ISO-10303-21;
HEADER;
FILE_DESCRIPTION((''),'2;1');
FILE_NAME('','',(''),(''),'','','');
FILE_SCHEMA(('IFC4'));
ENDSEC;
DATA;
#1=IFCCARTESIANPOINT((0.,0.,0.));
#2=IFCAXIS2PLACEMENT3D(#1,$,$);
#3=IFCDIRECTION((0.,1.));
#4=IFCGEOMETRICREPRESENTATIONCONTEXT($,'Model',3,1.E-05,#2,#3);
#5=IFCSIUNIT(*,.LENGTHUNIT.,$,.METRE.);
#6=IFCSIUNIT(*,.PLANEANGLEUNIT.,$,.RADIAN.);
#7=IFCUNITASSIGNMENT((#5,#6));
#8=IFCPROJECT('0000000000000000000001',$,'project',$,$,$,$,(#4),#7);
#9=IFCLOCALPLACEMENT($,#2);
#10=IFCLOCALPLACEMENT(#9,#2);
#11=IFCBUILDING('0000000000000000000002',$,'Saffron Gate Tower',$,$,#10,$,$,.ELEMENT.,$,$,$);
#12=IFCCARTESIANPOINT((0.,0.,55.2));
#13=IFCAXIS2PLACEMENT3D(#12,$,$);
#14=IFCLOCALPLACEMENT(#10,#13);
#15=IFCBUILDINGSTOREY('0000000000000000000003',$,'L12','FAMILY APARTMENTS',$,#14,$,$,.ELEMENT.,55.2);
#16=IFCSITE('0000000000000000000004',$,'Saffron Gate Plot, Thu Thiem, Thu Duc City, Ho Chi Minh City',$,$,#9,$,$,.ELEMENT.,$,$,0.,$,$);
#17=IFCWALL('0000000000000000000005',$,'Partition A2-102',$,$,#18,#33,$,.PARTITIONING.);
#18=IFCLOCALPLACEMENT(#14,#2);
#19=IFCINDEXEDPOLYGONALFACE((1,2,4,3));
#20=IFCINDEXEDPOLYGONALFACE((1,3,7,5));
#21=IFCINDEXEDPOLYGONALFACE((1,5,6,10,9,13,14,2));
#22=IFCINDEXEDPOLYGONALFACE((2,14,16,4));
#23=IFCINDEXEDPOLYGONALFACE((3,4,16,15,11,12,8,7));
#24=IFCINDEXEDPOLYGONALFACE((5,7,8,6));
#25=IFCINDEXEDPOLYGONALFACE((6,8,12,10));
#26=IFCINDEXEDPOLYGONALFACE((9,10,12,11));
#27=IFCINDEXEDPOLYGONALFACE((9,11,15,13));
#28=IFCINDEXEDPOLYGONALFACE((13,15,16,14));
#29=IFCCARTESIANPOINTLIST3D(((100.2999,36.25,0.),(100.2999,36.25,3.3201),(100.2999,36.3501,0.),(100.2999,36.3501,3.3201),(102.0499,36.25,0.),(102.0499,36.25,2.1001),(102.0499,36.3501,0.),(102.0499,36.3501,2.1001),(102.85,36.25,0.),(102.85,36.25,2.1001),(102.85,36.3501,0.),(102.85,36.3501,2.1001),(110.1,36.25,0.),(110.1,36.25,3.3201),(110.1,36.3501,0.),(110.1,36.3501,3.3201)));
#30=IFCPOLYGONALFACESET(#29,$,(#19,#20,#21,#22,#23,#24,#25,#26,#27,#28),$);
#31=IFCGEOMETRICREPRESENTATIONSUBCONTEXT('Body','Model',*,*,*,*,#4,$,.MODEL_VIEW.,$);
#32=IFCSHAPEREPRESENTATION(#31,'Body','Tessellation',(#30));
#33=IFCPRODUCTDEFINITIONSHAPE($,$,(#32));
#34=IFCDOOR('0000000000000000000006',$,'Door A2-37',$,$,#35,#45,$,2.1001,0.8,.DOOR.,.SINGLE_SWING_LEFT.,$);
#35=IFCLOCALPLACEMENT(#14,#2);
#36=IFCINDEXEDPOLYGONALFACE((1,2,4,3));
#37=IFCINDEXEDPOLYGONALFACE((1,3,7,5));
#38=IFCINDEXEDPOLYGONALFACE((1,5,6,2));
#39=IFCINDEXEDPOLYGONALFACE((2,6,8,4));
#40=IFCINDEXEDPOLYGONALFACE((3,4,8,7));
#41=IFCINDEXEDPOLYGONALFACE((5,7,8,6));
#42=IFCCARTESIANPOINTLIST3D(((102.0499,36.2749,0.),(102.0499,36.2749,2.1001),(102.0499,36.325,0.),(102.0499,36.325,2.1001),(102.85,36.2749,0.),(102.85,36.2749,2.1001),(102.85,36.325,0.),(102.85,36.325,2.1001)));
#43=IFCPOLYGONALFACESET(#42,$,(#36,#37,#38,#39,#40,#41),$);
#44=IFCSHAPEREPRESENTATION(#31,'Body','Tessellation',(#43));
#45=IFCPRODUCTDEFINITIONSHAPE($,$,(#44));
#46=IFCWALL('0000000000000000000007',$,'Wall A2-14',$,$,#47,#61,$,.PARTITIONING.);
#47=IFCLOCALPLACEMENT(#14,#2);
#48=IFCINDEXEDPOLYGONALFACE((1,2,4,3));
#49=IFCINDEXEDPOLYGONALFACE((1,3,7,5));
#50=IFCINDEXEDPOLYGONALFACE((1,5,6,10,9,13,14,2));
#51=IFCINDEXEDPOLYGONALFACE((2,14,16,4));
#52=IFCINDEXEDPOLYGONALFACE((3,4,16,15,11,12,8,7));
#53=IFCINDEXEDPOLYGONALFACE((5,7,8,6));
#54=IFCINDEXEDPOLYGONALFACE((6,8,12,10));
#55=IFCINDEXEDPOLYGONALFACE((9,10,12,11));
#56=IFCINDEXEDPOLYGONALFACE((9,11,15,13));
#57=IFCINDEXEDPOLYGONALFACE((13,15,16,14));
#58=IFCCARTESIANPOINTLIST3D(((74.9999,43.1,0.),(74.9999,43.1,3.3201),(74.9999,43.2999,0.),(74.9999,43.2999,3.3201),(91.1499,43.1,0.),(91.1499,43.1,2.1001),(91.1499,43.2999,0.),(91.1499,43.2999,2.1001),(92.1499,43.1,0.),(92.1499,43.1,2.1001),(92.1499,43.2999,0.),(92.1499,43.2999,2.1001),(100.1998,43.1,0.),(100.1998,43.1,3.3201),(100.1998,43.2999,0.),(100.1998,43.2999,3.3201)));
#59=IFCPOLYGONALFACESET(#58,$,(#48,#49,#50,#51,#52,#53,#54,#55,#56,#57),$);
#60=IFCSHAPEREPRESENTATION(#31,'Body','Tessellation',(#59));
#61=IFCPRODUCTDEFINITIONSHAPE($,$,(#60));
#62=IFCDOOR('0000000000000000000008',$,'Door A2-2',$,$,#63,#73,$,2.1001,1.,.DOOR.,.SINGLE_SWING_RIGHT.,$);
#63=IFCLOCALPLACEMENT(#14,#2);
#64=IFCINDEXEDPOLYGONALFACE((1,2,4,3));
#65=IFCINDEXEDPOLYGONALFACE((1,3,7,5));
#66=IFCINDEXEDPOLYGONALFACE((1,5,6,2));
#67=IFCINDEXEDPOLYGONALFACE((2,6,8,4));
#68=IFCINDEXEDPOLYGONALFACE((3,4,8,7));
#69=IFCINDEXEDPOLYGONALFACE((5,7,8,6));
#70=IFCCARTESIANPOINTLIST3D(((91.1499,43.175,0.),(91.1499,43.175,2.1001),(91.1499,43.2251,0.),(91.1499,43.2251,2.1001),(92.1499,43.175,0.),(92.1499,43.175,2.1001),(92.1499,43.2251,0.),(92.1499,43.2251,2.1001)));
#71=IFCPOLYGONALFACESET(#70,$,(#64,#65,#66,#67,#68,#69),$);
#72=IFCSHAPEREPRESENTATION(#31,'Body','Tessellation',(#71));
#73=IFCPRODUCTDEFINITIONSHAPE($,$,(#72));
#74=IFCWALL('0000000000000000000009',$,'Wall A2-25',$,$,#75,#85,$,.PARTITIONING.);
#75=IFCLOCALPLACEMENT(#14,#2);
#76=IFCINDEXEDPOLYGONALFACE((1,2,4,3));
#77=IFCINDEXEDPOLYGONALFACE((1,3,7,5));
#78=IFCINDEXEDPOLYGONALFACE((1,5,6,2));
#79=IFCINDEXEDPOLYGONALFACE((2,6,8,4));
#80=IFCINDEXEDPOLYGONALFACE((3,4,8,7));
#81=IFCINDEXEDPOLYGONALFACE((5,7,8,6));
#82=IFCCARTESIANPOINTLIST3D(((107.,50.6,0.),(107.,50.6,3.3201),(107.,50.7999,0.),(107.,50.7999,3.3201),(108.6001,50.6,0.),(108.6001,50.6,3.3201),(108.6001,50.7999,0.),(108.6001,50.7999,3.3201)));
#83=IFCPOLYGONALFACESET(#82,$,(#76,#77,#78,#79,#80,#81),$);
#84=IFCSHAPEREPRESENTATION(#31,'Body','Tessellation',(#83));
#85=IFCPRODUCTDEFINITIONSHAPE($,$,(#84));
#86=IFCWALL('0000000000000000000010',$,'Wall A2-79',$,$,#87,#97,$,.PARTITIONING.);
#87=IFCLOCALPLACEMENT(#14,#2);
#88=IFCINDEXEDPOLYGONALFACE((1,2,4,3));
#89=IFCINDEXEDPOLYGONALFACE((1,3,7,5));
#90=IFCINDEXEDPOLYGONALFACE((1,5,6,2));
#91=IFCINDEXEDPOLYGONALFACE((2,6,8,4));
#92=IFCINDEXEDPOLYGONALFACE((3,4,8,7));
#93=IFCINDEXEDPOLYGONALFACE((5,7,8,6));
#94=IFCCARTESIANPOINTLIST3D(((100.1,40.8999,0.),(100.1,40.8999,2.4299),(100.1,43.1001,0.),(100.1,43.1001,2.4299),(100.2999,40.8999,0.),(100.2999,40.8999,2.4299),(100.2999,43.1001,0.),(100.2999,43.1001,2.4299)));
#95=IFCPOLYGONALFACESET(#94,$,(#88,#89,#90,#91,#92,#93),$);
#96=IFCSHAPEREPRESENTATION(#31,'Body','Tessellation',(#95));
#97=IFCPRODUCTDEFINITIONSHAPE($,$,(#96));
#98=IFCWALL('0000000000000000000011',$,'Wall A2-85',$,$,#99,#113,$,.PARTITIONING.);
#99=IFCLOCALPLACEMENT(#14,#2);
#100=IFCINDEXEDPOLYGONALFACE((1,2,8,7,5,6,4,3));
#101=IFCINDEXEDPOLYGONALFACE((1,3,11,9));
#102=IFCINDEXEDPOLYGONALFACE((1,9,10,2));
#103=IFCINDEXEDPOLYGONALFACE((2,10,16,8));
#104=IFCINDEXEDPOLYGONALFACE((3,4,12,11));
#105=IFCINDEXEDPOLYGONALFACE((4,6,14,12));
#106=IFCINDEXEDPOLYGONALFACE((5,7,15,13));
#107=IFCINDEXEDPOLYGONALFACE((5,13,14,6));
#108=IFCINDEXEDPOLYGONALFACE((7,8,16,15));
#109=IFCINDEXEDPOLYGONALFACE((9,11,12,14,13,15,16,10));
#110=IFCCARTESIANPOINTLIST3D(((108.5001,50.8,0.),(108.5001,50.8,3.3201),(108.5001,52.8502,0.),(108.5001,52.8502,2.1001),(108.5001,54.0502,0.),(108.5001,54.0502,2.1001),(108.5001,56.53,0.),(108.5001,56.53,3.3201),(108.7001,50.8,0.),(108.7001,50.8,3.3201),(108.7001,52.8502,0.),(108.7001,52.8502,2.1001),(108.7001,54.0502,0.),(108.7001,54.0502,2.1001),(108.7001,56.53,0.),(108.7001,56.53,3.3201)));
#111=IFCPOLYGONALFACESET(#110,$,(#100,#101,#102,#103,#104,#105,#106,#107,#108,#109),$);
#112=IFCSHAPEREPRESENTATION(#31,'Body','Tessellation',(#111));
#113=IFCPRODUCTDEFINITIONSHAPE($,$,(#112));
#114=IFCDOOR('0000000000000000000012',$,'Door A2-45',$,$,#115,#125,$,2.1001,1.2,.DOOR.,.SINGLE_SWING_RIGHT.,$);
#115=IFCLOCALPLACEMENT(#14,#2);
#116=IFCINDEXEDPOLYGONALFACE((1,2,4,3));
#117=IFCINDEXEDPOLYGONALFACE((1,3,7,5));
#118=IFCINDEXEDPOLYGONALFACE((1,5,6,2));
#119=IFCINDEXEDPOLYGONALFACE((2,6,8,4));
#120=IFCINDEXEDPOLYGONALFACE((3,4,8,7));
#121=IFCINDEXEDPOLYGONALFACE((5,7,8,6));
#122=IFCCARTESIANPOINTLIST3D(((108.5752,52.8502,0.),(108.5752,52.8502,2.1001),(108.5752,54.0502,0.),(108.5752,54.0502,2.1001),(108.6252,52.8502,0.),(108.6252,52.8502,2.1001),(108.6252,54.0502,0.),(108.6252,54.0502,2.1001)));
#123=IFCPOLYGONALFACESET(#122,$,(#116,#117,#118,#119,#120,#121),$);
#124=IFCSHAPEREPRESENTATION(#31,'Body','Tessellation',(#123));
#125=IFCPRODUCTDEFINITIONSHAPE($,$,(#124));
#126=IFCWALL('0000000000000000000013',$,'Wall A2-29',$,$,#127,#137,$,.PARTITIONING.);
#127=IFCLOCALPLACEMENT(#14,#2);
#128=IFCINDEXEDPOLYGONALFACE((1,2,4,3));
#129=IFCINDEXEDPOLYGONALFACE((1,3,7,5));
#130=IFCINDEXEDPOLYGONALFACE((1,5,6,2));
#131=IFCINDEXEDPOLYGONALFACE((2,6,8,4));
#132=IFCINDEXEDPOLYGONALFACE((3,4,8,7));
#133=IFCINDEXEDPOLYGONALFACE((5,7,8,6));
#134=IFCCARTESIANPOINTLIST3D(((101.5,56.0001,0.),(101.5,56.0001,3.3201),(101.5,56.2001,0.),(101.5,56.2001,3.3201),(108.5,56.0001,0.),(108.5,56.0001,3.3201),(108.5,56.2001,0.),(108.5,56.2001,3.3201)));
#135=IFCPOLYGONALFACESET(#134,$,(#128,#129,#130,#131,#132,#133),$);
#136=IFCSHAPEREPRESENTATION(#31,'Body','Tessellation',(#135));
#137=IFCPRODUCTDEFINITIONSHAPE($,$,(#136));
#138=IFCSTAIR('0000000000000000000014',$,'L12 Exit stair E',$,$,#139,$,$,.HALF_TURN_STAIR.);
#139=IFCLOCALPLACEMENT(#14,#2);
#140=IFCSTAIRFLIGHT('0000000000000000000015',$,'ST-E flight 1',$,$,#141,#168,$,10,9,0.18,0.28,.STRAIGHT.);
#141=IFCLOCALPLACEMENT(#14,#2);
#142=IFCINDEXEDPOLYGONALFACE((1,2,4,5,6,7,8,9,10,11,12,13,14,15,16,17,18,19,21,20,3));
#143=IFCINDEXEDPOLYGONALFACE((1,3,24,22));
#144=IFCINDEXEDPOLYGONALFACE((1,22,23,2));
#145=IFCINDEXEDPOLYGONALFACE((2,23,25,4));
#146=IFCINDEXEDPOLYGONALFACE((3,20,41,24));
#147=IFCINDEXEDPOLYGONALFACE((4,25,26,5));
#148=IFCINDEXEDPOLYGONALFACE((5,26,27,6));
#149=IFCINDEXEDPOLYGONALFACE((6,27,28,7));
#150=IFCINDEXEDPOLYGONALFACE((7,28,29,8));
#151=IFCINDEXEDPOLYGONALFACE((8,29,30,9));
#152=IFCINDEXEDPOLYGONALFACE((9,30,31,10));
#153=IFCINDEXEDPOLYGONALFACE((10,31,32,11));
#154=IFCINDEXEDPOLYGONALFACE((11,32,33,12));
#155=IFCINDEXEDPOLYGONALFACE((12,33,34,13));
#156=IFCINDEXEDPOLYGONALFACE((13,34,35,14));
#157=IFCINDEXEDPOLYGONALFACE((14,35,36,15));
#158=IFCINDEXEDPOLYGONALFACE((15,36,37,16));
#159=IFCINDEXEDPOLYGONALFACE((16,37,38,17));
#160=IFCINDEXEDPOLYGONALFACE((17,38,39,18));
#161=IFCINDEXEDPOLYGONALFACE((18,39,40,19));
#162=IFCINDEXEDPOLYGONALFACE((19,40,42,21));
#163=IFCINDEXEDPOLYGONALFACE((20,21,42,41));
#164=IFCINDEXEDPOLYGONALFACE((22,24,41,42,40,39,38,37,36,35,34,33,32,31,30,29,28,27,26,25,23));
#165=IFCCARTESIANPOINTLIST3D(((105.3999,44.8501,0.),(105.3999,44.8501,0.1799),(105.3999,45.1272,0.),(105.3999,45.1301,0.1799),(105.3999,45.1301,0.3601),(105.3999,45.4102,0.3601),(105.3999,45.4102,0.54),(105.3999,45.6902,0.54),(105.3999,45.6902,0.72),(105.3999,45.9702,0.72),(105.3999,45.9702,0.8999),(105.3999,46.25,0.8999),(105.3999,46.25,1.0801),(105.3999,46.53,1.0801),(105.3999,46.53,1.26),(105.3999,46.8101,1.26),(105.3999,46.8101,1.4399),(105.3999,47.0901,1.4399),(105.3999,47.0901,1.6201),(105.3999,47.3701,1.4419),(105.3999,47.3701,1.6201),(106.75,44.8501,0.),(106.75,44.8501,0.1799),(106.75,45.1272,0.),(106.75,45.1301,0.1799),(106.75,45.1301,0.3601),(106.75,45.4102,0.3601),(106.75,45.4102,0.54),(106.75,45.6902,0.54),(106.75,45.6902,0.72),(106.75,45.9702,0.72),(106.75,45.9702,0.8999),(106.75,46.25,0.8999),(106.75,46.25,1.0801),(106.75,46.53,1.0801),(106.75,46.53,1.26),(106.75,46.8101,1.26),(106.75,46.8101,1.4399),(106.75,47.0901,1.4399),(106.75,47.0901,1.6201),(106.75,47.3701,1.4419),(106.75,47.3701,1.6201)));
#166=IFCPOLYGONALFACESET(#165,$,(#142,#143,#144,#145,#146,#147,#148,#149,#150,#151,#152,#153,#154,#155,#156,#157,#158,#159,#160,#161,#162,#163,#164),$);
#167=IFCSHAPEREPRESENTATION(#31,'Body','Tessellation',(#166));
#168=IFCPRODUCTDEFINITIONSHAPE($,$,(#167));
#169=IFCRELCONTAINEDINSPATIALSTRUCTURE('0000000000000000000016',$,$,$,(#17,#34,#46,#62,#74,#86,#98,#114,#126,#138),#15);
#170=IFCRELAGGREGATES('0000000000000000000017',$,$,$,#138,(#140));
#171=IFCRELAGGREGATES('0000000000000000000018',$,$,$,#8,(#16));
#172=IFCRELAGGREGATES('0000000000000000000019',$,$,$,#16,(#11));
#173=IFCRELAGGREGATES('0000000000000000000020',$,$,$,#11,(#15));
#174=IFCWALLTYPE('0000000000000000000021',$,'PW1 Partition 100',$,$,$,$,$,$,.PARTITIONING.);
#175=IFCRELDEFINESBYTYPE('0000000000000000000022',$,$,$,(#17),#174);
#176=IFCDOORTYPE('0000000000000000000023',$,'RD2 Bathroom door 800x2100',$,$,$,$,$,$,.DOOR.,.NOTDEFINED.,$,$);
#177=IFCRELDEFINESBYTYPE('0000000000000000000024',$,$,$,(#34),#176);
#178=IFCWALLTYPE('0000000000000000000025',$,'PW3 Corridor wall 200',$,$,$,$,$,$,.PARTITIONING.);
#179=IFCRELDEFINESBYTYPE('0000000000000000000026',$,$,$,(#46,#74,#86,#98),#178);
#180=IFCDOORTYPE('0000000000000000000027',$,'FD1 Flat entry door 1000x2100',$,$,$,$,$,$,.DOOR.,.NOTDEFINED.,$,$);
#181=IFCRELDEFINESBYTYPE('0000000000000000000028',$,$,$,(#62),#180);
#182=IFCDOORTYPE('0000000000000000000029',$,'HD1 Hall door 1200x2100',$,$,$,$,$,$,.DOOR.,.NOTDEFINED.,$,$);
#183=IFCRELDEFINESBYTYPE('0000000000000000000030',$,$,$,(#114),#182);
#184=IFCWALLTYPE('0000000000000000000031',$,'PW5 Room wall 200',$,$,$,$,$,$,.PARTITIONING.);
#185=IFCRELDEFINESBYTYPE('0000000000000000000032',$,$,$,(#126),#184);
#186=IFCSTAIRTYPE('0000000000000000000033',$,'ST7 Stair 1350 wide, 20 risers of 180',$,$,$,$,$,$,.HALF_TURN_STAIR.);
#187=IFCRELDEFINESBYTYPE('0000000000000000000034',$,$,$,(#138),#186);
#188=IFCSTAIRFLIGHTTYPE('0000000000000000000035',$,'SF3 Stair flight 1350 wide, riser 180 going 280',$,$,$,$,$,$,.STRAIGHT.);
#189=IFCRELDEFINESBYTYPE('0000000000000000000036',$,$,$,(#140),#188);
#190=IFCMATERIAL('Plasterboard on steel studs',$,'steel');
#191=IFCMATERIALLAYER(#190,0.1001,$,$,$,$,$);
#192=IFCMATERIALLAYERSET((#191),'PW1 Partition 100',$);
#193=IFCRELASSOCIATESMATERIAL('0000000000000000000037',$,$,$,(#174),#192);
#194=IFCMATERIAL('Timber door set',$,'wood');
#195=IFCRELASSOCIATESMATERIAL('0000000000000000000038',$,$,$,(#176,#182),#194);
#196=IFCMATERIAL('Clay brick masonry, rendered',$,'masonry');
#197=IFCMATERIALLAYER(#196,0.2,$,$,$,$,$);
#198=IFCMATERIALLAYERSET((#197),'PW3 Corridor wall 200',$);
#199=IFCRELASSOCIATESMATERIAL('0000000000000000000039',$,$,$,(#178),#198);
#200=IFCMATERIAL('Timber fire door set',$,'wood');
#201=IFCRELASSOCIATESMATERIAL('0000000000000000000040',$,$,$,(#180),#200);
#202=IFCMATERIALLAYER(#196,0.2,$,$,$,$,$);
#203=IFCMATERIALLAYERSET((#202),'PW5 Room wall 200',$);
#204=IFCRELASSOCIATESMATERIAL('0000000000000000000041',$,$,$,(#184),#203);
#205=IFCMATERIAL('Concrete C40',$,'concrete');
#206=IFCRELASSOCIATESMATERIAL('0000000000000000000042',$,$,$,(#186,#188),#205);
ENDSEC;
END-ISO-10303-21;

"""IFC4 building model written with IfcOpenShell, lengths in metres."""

from ifc_helpers import new_model, si_unit, direction, frame, frame_2d, origin, place, context, subcontext, project, spatial, polyline, rectangle, outline, extrude, material, layer, layer_set, type_object, element, fill, aggregate, save


model = new_model("IFC4")

# Units and contexts
model_context = context("Model", 3, precision=1e-05, world=origin(), true_north=direction((0.0, 1.0)))
body_context = subcontext(model_context, "Body", "Model", "MODEL_VIEW")
ifc_project = project(units=[si_unit("LENGTHUNIT", "METRE"), si_unit("PLANEANGLEUNIT", "RADIAN")], contexts=[model_context])

# Site, building, storey
site_placement = place(None, origin())
site = spatial("IfcSite", under=ifc_project, at=site_placement, Name="Saffron Gate Plot, Thu Thiem, Thu Duc City, Ho Chi Minh City", CompositionType="ELEMENT", RefElevation=0.0)
building_placement = place(site_placement, origin())
building = spatial("IfcBuilding", under=site, at=building_placement, Name="Saffron Gate Tower", CompositionType="ELEMENT")
storey_placement = place(building_placement, frame((0.0, 0.0, 55.2)))
storey = spatial("IfcBuildingStorey", under=building, at=storey_placement, Name="L12", Description="FAMILY APARTMENTS", CompositionType="ELEMENT", Elevation=55.2)

# Shared definitions
ifc_material_1 = material(Name="Plasterboard on steel studs", Category="steel")
ifc_layer_1 = layer(ifc_material_1, 0.1001)
ifc_layer_set_1 = layer_set([ifc_layer_1], Name="PW1 Partition 100")
wall_type_1 = type_object("IfcWallType", Name="PW1 Partition 100", PredefinedType="PARTITIONING", material=ifc_layer_set_1)

# Walls, openings, doors
wall_1_placement = place(storey_placement, frame((100.3, 36.3, 0.0), z_axis=(0.0, 0.0, 1.0), x_axis=(1.0, 0.0, 0.0)))
wall_1 = element("IfcWall", 1, at=wall_1_placement, inside=storey, type_object=wall_type_1, Name="Partition A2-102", PredefinedType="PARTITIONING", context=body_context, shape_type="SweptSolid", body=[
    extrude(rectangle(XDim=9.8, YDim=0.1001, at=frame_2d((4.8999, 0.0))), origin(), (0.0, 0.0, 1.0), 3.3201),
])
opening_1_placement = place(wall_1_placement, frame((1.75, 0.0, 0.0)))
opening_1 = element("IfcOpeningElement", 2, at=opening_1_placement, cuts=wall_1, PredefinedType="OPENING", context=body_context, shape_type="SweptSolid", body=[
    extrude(rectangle(XDim=0.8, YDim=2.1001, at=frame_2d((0.3999, 1.05))), frame((0.0, 0.0601, 0.0), z_axis=(0.0, -1.0, 0.0), x_axis=(1.0, 0.0, 0.0)), (0.0, 0.0, 1.0), 0.1201),
])
ifc_material_2 = material(Name="Timber door set", Category="wood")
door_type_1 = type_object("IfcDoorType", Name="RD2 Bathroom door 800x2100", OperationType="NOTDEFINED", PredefinedType="DOOR", material=ifc_material_2)
door_1_placement = place(opening_1_placement, origin())
door_1 = element("IfcDoor", 3, at=door_1_placement, inside=storey, type_object=door_type_1, Name="Door A2-37", OperationType="SINGLE_SWING_LEFT", OverallHeight=2.1001, OverallWidth=0.8, PredefinedType="DOOR", context=body_context, shape_type="SweptSolid", body=[
    extrude(rectangle(XDim=0.8, YDim=2.1001, at=frame_2d((0.3999, 1.05))), frame((0.0, 0.0249, 0.0), z_axis=(0.0, -1.0, 0.0), x_axis=(1.0, 0.0, 0.0)), (0.0, 0.0, 1.0), 0.05),
])
fill(opening_1, door_1)
ifc_material_3 = material(Name="Clay brick masonry, rendered", Category="masonry")
ifc_layer_2 = layer(ifc_material_3, 0.2)
ifc_layer_set_2 = layer_set([ifc_layer_2], Name="PW3 Corridor wall 200")
wall_type_2 = type_object("IfcWallType", Name="PW3 Corridor wall 200", PredefinedType="PARTITIONING", material=ifc_layer_set_2)
wall_2_placement = place(storey_placement, frame((100.2, 43.2, 0.0), z_axis=(0.0, 0.0, 1.0), x_axis=(-1.0, 0.0, 0.0)))
wall_2 = element("IfcWall", 4, at=wall_2_placement, inside=storey, type_object=wall_type_2, Name="Wall A2-14", PredefinedType="PARTITIONING", context=body_context, shape_type="SweptSolid", body=[
    extrude(rectangle(XDim=25.2, YDim=0.2, at=frame_2d((12.6001, 0.0))), origin(), (0.0, 0.0, 1.0), 3.3201),
])
opening_2_placement = place(wall_2_placement, frame((8.05, 0.0, 0.0)))
opening_2 = element("IfcOpeningElement", 5, at=opening_2_placement, cuts=wall_2, PredefinedType="OPENING", context=body_context, shape_type="SweptSolid", body=[
    extrude(rectangle(XDim=1.0, YDim=2.1001, at=frame_2d((0.5, 1.05))), frame((0.0, 0.1099, 0.0), z_axis=(0.0, -1.0, 0.0), x_axis=(1.0, 0.0, 0.0)), (0.0, 0.0, 1.0), 0.22),
])
ifc_material_4 = material(Name="Timber fire door set", Category="wood")
door_type_2 = type_object("IfcDoorType", Name="FD1 Flat entry door 1000x2100", OperationType="NOTDEFINED", PredefinedType="DOOR", material=ifc_material_4)
door_2_placement = place(opening_2_placement, origin())
door_2 = element("IfcDoor", 6, at=door_2_placement, inside=storey, type_object=door_type_2, Name="Door A2-2", OperationType="SINGLE_SWING_RIGHT", OverallHeight=2.1001, OverallWidth=1.0, PredefinedType="DOOR", context=body_context, shape_type="SweptSolid", body=[
    extrude(rectangle(XDim=1.0, YDim=2.1001, at=frame_2d((0.5, 1.05))), frame((0.0, 0.0249, 0.0), z_axis=(0.0, -1.0, 0.0), x_axis=(1.0, 0.0, 0.0)), (0.0, 0.0, 1.0), 0.05),
])
fill(opening_2, door_2)

# Walls
wall_3_placement = place(storey_placement, frame((107.0, 50.7, 0.0), z_axis=(0.0, 0.0, 1.0), x_axis=(1.0, 0.0, 0.0)))
element("IfcWall", 7, at=wall_3_placement, inside=storey, type_object=wall_type_2, Name="Wall A2-25", PredefinedType="PARTITIONING", context=body_context, shape_type="SweptSolid", body=[
    extrude(rectangle(XDim=1.6001, YDim=0.2, at=frame_2d((0.8, 0.0))), origin(), (0.0, 0.0, 1.0), 3.3201),
])
wall_4_placement = place(storey_placement, frame((100.2, 43.1001, 0.0), z_axis=(0.0, 0.0, 1.0), x_axis=(0.0, -1.0, 0.0)))
element("IfcWall", 8, at=wall_4_placement, inside=storey, type_object=wall_type_2, Name="Wall A2-79", PredefinedType="PARTITIONING", context=body_context, shape_type="SweptSolid", body=[
    extrude(rectangle(XDim=2.2002, YDim=0.2, at=frame_2d((1.1001, 0.0))), origin(), (0.0, 0.0, 1.0), 2.4299),
])

# Wall, opening, door
wall_5_placement = place(storey_placement, frame((108.6001, 50.8, 0.0), z_axis=(0.0, 0.0, 1.0), x_axis=(0.0, 1.0, 0.0)))
wall_5 = element("IfcWall", 9, at=wall_5_placement, inside=storey, type_object=wall_type_2, Name="Wall A2-85", PredefinedType="PARTITIONING", context=body_context, shape_type="SweptSolid", body=[
    extrude(rectangle(XDim=5.73, YDim=0.2, at=frame_2d((2.865, 0.0))), origin(), (0.0, 0.0, 1.0), 3.3201),
])
opening_3_placement = place(wall_5_placement, frame((2.05, 0.0, 0.0)))
opening_3 = element("IfcOpeningElement", 10, at=opening_3_placement, cuts=wall_5, PredefinedType="OPENING", context=body_context, shape_type="SweptSolid", body=[
    extrude(rectangle(XDim=1.2, YDim=2.1001, at=frame_2d((0.6001, 1.05))), frame((0.0, 0.1099, 0.0), z_axis=(0.0, -1.0, 0.0), x_axis=(1.0, 0.0, 0.0)), (0.0, 0.0, 1.0), 0.22),
])
door_type_3 = type_object("IfcDoorType", Name="HD1 Hall door 1200x2100", OperationType="NOTDEFINED", PredefinedType="DOOR", material=ifc_material_2)
door_3_placement = place(opening_3_placement, origin())
door_3 = element("IfcDoor", 11, at=door_3_placement, inside=storey, type_object=door_type_3, Name="Door A2-45", OperationType="SINGLE_SWING_RIGHT", OverallHeight=2.1001, OverallWidth=1.2, PredefinedType="DOOR", context=body_context, shape_type="SweptSolid", body=[
    extrude(rectangle(XDim=1.2, YDim=2.1001, at=frame_2d((0.6001, 1.05))), frame((0.0, 0.0249, 0.0), z_axis=(0.0, -1.0, 0.0), x_axis=(1.0, 0.0, 0.0)), (0.0, 0.0, 1.0), 0.05),
])
fill(opening_3, door_3)

# Wall
ifc_layer_3 = layer(ifc_material_3, 0.2)
ifc_layer_set_3 = layer_set([ifc_layer_3], Name="PW5 Room wall 200")
wall_type_3 = type_object("IfcWallType", Name="PW5 Room wall 200", PredefinedType="PARTITIONING", material=ifc_layer_set_3)
wall_6_placement = place(storey_placement, frame((101.5, 56.1001, 0.0), z_axis=(0.0, 0.0, 1.0), x_axis=(1.0, 0.0, 0.0)))
element("IfcWall", 12, at=wall_6_placement, inside=storey, type_object=wall_type_3, Name="Wall A2-29", PredefinedType="PARTITIONING", context=body_context, shape_type="SweptSolid", body=[
    extrude(rectangle(XDim=7.0, YDim=0.2, at=frame_2d((3.5, 0.0))), origin(), (0.0, 0.0, 1.0), 3.3201),
])

# Stair, stair flight
ifc_material_5 = material(Name="Concrete C40", Category="concrete")
stair_type = type_object("IfcStairType", Name="ST7 Stair 1350 wide, 20 risers of 180", PredefinedType="HALF_TURN_STAIR", material=ifc_material_5)
stair_placement = place(storey_placement, origin())
stair = element("IfcStair", 13, at=stair_placement, inside=storey, type_object=stair_type, Name="L12 Exit stair E", PredefinedType="HALF_TURN_STAIR")
stair_flight_type = type_object("IfcStairFlightType", Name="SF3 Stair flight 1350 wide, riser 180 going 280", PredefinedType="STRAIGHT", material=ifc_material_5)
stair_flight_1_placement = place(storey_placement, frame((106.075, 44.8501, 0.0), z_axis=(0.0, 0.0, 1.0), x_axis=(0.0, 1.0, 0.0)))
stair_flight_1 = element("IfcStairFlight", 14, at=stair_flight_1_placement, type_object=stair_flight_type, Name="ST-E flight 1", NumberOfRisers=10, NumberOfTreads=9, PredefinedType="STRAIGHT", RiserHeight=0.18, TreadLength=0.28, context=body_context, shape_type="SweptSolid", body=[
    extrude(outline(polyline([(0.0, 0.0), (0.0, 0.1799), (0.28, 0.1799), (0.28, 0.3601), (0.5601, 0.3601), (0.5601, 0.54), (0.8401, 0.54), (0.8401, 0.72), (1.1201, 0.72), (1.1201, 0.8999), (1.3999, 0.8999), (1.3999, 1.0801), (1.6799, 1.0801), (1.6799, 1.26), (1.96, 1.26), (1.96, 1.4399), (2.24, 1.4399), (2.24, 1.6201), (2.52, 1.6201), (2.52, 1.8), (2.52, 1.4419), (0.2771, 0.0), (0.0, 0.0)])), frame((0.0, 0.675, 0.0), z_axis=(0.0, -1.0, 0.0), x_axis=(1.0, 0.0, 0.0)), (0.0, 0.0, 1.0), 1.3501),
])
aggregate(stair, [stair_flight_1])

save(model, "model.ifc")
